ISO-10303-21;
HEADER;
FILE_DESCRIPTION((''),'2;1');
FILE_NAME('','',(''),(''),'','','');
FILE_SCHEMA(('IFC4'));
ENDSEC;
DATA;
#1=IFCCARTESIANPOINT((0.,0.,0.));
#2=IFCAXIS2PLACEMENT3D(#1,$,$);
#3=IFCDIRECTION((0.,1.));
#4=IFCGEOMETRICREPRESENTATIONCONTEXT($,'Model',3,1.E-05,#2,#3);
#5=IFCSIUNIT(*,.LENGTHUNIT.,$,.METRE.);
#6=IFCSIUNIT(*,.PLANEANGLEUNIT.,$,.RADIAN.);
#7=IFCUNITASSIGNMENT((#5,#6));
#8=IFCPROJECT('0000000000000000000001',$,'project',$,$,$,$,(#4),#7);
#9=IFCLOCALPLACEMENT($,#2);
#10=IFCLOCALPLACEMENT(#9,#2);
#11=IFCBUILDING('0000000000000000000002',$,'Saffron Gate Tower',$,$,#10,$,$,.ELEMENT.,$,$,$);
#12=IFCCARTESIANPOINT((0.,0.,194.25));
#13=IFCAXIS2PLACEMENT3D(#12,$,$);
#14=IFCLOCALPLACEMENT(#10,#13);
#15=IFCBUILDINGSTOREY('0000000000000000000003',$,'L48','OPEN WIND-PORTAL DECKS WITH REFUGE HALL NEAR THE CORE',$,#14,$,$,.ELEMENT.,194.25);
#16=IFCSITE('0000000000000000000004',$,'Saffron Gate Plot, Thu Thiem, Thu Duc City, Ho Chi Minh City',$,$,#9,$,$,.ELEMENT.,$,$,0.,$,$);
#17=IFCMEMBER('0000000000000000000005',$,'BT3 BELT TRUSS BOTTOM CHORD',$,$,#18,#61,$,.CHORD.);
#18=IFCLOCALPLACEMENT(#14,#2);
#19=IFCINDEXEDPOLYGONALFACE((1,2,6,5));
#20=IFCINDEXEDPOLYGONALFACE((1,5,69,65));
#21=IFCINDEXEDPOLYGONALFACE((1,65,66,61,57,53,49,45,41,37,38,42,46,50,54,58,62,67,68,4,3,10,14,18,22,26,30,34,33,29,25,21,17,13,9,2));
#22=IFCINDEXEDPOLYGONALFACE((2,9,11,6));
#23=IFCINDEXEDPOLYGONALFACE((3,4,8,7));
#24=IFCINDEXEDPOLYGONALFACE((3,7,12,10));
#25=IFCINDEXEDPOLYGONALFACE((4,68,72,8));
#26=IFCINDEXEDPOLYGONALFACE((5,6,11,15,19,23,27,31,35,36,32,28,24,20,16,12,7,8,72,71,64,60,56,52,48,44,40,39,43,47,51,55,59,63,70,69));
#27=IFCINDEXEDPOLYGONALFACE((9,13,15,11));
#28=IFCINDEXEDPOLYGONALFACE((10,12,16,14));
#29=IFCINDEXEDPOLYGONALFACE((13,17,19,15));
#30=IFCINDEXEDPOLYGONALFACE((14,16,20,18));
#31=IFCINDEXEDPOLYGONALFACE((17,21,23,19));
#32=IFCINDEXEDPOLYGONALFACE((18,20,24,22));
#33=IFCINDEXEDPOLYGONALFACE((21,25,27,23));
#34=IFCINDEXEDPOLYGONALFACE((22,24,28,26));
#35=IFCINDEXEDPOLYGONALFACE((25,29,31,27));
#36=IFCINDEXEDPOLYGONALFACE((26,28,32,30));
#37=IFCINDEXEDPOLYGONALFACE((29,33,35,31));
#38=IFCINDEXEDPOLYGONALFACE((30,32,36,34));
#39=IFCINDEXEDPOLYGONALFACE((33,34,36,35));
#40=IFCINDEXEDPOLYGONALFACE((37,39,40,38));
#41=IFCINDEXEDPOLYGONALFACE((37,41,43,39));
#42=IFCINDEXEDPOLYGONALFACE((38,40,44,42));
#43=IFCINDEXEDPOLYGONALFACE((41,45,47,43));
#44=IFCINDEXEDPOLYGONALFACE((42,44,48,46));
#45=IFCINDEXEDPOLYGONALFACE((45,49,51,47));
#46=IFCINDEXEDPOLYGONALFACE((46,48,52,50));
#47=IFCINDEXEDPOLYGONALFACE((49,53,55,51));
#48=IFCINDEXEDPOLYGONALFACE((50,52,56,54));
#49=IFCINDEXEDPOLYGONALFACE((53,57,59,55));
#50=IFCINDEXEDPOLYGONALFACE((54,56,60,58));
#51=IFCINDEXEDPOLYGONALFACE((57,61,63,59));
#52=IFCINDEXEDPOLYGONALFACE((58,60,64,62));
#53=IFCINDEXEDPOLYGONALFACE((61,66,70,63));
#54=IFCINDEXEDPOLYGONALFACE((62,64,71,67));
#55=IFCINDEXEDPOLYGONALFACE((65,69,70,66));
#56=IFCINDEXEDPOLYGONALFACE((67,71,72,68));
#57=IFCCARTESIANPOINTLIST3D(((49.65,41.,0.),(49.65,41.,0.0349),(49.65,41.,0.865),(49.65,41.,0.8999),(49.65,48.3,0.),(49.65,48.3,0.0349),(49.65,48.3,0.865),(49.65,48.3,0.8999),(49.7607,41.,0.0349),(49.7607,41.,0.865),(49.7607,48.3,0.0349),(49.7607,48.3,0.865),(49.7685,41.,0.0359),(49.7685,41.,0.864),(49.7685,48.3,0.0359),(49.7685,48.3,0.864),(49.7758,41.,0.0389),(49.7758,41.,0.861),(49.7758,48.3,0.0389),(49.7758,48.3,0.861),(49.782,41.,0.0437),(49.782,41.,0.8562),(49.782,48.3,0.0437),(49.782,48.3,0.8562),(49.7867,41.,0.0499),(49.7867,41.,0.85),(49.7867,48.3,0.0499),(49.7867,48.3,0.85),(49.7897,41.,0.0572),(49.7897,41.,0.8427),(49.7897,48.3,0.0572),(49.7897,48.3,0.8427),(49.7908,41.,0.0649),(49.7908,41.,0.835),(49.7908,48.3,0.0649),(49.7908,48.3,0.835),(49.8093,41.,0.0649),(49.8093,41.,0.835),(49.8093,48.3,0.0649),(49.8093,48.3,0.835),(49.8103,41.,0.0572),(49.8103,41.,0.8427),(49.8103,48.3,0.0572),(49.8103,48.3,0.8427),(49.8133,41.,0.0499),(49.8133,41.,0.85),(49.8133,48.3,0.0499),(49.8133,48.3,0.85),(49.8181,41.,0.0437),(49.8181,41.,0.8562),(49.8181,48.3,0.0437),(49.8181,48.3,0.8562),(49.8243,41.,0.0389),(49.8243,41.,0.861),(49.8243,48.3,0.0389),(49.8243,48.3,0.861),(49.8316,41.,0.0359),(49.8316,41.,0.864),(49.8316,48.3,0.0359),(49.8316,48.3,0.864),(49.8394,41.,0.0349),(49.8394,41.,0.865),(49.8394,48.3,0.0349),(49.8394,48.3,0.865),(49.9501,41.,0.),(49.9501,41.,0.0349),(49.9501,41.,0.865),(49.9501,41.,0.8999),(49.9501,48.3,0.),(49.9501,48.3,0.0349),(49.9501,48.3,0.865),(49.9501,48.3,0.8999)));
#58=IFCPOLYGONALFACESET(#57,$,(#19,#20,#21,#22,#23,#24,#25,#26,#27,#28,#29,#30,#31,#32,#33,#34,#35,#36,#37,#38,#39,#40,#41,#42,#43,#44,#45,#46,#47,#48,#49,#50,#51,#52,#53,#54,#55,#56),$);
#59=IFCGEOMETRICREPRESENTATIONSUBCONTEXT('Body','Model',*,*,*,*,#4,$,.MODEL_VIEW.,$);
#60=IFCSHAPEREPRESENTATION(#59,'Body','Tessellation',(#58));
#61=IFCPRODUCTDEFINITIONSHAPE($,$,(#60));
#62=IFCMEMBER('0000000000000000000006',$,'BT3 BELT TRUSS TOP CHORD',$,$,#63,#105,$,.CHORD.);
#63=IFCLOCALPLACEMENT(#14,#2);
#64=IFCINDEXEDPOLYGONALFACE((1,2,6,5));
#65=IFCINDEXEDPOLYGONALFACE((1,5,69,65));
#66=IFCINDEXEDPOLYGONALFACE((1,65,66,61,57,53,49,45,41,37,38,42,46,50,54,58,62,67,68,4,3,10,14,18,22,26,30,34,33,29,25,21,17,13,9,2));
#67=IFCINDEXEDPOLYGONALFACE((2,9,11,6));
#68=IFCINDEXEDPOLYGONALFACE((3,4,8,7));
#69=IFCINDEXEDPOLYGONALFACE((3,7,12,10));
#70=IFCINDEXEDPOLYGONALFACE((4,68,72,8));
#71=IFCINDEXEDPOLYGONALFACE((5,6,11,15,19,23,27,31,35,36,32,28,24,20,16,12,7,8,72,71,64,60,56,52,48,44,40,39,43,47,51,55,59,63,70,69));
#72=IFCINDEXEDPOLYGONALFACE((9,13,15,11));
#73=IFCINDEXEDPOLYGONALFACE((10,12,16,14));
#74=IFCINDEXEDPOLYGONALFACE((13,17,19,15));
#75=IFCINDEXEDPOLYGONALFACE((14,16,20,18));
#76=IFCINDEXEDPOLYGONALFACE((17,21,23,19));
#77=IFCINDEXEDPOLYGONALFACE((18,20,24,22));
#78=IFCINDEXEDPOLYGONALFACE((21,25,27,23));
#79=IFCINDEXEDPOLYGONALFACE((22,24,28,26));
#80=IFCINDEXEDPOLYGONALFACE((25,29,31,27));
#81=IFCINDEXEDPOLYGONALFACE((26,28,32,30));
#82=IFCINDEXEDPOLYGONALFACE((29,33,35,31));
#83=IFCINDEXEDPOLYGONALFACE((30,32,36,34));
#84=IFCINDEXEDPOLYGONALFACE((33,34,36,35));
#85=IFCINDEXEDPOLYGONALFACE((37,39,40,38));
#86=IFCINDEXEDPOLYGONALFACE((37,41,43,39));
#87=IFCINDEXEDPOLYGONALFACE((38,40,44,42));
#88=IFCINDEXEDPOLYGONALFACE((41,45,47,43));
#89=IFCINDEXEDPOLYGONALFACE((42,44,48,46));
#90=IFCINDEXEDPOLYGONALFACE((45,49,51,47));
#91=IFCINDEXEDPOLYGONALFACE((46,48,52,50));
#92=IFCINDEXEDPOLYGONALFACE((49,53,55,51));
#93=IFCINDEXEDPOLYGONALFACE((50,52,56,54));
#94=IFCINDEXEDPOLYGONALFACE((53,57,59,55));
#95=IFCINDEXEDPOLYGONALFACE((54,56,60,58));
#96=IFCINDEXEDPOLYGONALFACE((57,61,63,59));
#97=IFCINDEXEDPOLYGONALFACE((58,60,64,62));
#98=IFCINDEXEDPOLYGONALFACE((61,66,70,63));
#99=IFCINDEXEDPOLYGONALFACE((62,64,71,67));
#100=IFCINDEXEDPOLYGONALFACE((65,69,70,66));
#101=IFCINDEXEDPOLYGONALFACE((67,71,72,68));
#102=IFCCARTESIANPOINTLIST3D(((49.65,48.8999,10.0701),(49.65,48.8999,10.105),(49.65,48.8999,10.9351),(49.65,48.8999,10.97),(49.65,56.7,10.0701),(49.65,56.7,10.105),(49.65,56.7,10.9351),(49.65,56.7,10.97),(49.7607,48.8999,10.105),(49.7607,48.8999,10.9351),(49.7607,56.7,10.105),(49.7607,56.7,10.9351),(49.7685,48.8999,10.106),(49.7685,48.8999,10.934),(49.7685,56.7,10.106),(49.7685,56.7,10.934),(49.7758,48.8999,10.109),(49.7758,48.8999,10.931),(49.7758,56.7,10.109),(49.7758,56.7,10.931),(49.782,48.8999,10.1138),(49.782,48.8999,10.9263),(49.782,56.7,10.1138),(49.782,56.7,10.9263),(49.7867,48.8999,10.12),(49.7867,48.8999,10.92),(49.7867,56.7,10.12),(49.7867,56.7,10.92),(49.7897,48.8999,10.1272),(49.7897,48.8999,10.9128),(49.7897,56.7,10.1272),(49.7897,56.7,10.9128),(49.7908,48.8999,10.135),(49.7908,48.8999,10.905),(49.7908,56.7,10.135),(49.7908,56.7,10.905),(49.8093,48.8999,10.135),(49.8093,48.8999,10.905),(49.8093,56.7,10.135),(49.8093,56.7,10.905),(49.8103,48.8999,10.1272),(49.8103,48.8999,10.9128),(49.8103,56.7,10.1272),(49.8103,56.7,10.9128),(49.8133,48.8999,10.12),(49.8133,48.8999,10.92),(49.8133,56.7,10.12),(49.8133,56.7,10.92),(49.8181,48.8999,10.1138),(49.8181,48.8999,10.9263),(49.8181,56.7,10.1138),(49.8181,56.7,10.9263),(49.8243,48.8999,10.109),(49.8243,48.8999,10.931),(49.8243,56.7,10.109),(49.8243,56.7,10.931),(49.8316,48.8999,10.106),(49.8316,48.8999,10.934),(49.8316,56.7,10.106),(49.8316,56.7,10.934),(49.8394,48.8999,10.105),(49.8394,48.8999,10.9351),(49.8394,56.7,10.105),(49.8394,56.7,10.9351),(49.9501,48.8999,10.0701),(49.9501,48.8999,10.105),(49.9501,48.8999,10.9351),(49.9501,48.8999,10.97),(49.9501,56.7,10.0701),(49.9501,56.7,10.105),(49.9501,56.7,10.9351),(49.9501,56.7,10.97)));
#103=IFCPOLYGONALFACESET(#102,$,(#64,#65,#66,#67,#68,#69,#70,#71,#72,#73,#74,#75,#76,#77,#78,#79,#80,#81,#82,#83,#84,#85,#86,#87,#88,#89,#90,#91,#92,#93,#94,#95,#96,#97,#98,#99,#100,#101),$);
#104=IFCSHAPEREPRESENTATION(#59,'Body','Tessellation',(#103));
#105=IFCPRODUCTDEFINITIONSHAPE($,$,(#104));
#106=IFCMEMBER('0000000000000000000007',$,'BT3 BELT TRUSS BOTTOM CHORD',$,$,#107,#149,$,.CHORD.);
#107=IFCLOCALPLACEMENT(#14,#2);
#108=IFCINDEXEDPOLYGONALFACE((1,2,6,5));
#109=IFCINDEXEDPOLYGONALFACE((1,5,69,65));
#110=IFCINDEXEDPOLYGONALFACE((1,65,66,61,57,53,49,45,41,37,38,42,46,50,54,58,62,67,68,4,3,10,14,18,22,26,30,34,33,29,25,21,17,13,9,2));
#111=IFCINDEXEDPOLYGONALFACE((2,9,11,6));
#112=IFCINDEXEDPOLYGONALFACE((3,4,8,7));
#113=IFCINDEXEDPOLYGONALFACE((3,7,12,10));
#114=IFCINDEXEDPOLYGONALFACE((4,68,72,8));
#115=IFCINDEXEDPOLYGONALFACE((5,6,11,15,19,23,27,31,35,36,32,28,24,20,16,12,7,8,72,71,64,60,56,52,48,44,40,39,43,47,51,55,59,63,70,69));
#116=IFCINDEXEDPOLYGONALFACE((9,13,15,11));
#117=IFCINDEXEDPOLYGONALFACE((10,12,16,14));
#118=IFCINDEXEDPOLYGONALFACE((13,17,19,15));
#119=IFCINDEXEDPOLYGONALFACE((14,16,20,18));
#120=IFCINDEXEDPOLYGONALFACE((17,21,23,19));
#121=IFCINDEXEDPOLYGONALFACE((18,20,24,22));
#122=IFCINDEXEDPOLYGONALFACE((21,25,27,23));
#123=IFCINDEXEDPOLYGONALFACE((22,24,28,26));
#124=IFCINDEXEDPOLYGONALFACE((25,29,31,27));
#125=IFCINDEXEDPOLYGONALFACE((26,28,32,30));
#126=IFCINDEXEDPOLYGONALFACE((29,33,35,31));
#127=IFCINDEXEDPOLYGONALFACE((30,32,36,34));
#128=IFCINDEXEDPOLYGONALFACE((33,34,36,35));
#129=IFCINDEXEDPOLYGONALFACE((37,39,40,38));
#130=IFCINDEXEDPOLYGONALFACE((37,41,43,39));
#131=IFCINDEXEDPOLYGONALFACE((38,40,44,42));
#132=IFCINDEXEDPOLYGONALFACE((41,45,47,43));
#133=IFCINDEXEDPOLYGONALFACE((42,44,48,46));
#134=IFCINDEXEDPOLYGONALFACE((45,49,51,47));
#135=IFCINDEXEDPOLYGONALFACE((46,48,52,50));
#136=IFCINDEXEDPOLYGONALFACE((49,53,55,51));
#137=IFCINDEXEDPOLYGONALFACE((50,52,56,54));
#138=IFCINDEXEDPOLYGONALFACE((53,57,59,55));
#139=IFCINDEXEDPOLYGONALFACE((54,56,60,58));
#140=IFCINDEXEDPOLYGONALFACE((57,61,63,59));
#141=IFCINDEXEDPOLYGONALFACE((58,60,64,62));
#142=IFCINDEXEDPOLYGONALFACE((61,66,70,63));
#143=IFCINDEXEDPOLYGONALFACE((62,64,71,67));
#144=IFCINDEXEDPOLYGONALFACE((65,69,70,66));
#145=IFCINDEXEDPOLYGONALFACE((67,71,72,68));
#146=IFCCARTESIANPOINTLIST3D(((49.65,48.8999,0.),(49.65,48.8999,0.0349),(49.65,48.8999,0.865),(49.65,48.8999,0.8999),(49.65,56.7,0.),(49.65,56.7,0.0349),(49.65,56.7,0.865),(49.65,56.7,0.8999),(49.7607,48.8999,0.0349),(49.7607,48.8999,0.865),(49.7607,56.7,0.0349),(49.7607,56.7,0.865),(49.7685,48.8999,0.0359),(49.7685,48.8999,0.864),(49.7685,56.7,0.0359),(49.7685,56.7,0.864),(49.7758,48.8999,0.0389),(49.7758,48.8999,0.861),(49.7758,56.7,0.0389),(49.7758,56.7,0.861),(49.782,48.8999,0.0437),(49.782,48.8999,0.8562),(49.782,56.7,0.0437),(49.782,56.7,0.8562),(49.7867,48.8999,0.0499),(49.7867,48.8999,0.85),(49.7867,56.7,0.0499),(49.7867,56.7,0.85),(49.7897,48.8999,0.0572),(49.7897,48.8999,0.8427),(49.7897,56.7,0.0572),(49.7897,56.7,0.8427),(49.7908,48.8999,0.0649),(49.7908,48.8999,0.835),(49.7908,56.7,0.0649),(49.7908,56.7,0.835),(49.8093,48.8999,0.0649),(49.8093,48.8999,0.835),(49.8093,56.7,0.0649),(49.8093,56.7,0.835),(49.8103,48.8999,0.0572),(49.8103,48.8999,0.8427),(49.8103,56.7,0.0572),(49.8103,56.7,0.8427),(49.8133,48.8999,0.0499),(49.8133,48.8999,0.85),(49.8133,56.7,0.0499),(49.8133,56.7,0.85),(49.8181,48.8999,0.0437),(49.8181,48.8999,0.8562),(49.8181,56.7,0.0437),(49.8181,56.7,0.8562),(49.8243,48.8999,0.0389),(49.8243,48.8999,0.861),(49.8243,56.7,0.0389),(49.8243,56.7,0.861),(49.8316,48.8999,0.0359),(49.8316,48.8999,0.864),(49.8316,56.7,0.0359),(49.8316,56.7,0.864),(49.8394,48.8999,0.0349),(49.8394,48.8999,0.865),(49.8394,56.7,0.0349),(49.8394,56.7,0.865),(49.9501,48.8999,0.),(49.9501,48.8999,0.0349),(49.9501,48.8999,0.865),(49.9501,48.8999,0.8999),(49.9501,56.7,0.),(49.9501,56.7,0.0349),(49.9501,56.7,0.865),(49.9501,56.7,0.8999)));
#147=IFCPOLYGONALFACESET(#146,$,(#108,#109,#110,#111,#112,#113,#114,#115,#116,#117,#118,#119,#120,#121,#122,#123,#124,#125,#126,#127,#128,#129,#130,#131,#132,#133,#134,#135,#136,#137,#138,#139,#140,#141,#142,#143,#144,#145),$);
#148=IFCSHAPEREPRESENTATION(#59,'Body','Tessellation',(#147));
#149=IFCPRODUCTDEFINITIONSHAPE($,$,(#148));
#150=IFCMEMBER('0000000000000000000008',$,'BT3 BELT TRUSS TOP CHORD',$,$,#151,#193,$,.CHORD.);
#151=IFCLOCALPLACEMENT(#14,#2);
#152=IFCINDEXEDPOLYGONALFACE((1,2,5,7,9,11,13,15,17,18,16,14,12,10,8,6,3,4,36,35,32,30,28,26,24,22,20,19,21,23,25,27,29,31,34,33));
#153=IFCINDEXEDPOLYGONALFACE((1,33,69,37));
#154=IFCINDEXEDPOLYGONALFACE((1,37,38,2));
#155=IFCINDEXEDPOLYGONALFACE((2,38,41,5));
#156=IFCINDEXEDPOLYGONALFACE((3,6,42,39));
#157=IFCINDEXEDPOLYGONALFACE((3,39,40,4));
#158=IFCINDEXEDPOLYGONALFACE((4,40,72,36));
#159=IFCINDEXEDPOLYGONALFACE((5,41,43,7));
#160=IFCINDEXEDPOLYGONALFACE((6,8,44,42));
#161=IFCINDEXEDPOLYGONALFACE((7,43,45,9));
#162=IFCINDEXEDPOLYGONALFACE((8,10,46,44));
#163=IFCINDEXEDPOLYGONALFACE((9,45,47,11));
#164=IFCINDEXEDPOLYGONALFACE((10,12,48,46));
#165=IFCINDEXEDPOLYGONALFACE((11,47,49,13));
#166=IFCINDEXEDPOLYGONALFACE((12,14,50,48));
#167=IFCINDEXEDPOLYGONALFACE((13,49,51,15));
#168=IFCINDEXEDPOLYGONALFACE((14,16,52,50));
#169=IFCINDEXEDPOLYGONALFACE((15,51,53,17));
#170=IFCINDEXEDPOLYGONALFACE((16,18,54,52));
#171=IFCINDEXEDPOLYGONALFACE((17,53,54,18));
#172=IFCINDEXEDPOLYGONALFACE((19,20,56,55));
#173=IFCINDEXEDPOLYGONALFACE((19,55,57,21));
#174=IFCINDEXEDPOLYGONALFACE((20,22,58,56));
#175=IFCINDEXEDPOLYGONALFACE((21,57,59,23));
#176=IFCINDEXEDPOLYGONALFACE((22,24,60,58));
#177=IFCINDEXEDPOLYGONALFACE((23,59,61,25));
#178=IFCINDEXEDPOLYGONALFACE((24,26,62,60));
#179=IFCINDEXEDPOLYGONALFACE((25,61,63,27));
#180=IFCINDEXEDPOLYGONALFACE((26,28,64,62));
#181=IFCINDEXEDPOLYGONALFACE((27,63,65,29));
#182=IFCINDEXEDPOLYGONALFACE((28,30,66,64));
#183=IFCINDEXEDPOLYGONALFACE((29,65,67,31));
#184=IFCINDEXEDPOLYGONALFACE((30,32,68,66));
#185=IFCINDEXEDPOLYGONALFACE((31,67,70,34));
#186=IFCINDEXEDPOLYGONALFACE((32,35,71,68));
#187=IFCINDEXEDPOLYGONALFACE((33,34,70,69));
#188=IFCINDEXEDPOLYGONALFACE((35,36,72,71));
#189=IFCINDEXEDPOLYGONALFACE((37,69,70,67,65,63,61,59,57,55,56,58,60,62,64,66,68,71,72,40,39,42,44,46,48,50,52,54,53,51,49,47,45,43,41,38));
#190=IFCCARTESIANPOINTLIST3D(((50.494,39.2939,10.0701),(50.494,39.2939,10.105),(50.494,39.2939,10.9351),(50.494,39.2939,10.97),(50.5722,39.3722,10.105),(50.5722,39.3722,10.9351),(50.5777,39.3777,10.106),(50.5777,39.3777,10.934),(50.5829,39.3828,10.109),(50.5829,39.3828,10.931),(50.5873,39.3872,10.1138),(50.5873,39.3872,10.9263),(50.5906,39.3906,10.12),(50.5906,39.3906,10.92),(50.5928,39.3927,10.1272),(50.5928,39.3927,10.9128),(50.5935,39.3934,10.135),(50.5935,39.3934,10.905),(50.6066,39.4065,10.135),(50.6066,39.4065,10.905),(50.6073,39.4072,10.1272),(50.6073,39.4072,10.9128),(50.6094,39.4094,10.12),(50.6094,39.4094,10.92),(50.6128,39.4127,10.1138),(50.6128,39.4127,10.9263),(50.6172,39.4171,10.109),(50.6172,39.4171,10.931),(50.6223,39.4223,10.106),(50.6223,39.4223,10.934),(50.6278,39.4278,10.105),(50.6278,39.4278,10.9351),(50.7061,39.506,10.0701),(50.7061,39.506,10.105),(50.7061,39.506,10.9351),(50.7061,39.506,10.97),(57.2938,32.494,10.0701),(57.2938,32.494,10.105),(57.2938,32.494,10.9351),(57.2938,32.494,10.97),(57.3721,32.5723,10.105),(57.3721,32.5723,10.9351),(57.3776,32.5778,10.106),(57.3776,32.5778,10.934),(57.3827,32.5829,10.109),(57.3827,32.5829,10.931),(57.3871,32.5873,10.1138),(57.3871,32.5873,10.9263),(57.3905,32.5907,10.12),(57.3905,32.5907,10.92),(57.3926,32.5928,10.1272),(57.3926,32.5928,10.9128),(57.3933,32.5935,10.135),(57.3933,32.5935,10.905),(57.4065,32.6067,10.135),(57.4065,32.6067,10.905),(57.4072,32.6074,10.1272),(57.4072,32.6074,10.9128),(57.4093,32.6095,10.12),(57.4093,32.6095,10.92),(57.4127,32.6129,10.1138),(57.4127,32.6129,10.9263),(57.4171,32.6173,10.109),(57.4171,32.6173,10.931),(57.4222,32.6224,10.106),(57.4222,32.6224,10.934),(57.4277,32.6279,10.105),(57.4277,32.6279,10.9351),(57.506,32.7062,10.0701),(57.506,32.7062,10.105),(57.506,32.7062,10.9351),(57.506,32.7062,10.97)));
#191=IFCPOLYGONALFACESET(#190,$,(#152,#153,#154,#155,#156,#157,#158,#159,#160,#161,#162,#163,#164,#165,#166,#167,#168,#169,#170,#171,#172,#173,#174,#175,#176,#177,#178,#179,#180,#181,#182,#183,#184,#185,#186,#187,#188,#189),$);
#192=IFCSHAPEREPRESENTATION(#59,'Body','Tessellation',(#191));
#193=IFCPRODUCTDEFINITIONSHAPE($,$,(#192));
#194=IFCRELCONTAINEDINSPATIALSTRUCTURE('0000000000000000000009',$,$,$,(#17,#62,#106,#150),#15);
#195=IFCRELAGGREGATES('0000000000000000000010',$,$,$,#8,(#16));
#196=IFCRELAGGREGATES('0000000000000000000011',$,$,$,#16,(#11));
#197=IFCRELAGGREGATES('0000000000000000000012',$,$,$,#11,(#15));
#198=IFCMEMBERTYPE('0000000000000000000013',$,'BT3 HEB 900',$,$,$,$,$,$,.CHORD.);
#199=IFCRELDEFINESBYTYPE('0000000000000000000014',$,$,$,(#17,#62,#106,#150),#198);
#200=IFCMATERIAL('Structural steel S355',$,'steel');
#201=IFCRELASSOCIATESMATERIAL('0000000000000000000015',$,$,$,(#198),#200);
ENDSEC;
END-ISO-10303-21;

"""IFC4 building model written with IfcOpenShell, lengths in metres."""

from ifc_helpers import new_model, si_unit, direction, frame, origin, origin_2d, place, context, subcontext, project, spatial, i_section, extrude, material, material_profile, profile_set, type_object, element, save


model = new_model("IFC4")

# Units and contexts
model_context = context("Model", 3, precision=1e-05, world=origin(), true_north=direction((0.0, 1.0)))
body_context = subcontext(model_context, "Body", "Model", "MODEL_VIEW")
ifc_project = project(units=[si_unit("LENGTHUNIT", "METRE"), si_unit("PLANEANGLEUNIT", "RADIAN")], contexts=[model_context])

# Site, building, storey
site_placement = place(None, origin())
site = spatial("IfcSite", under=ifc_project, at=site_placement, Name="Saffron Gate Plot, Thu Thiem, Thu Duc City, Ho Chi Minh City", CompositionType="ELEMENT", RefElevation=0.0)
building_placement = place(site_placement, origin())
building = spatial("IfcBuilding", under=site, at=building_placement, Name="Saffron Gate Tower", CompositionType="ELEMENT")
storey_placement = place(building_placement, frame((0.0, 0.0, 194.25)))
storey = spatial("IfcBuildingStorey", under=building, at=storey_placement, Name="L48", Description="OPEN WIND-PORTAL DECKS WITH REFUGE HALL NEAR THE CORE", CompositionType="ELEMENT", Elevation=194.25)

# Shared definitions
ifc_material_1 = material(Name="Structural steel S355", Category="steel")

# Members
ifc_material_profile_1 = material_profile(ifc_material_1, i_section(OverallWidth=0.3, OverallDepth=0.8999, WebThickness=0.0186, FlangeThickness=0.0349, FilletRadius=0.03, at=origin_2d()))
ifc_profile_set_1 = profile_set([ifc_material_profile_1], Name="Structural steel S355")
member_type_1 = type_object("IfcMemberType", Name="BT3 HEB 900", PredefinedType="CHORD", material=ifc_profile_set_1)
for number, where, z_axis, x_axis, name in (
    (1, (49.8, 41.0, 0.45), (0.0, 1.0, 0.0), (-1.0, 0.0, 0.0), "BT3 BELT TRUSS BOTTOM CHORD"),
):
    element("IfcMember", number, at=place(storey_placement, frame(where, z_axis=z_axis, x_axis=x_axis)), inside=storey, type_object=member_type_1, Name=name, PredefinedType="CHORD", context=body_context, shape_type="SweptSolid", body=[
        extrude(i_section(OverallWidth=0.3, OverallDepth=0.8999, WebThickness=0.0186, FlangeThickness=0.0349, FilletRadius=0.03, at=origin_2d()), origin(), (0.0, 0.0, 1.0), 7.3),
    ])
for number, where, z_axis, x_axis, name in (
    (2, (49.8, 48.8999, 10.52), (0.0, 1.0, 0.0), (-1.0, 0.0, 0.0), "BT3 BELT TRUSS TOP CHORD"),
    (3, (49.8, 48.8999, 0.45), (0.0, 1.0, 0.0), (-1.0, 0.0, 0.0), "BT3 BELT TRUSS BOTTOM CHORD"),
):
    element("IfcMember", number, at=place(storey_placement, frame(where, z_axis=z_axis, x_axis=x_axis)), inside=storey, type_object=member_type_1, Name=name, PredefinedType="CHORD", context=body_context, shape_type="SweptSolid", body=[
        extrude(i_section(OverallWidth=0.3, OverallDepth=0.8999, WebThickness=0.0186, FlangeThickness=0.0349, FilletRadius=0.03, at=origin_2d()), origin(), (0.0, 0.0, 1.0), 7.8),
    ])
for number, where, z_axis, x_axis, name in (
    (4, (57.3999, 32.6001, 10.52), (-0.707107, 0.707107, 0.0), (-0.707107, -0.707107, 0.0), "BT3 BELT TRUSS TOP CHORD"),
):
    element("IfcMember", number, at=place(storey_placement, frame(where, z_axis=z_axis, x_axis=x_axis)), inside=storey, type_object=member_type_1, Name=name, PredefinedType="CHORD", context=body_context, shape_type="SweptSolid", body=[
        extrude(i_section(OverallWidth=0.3, OverallDepth=0.8999, WebThickness=0.0186, FlangeThickness=0.0349, FilletRadius=0.03, at=origin_2d()), origin(), (0.0, 0.0, 1.0), 9.6165),
    ])

save(model, "model.ifc")
